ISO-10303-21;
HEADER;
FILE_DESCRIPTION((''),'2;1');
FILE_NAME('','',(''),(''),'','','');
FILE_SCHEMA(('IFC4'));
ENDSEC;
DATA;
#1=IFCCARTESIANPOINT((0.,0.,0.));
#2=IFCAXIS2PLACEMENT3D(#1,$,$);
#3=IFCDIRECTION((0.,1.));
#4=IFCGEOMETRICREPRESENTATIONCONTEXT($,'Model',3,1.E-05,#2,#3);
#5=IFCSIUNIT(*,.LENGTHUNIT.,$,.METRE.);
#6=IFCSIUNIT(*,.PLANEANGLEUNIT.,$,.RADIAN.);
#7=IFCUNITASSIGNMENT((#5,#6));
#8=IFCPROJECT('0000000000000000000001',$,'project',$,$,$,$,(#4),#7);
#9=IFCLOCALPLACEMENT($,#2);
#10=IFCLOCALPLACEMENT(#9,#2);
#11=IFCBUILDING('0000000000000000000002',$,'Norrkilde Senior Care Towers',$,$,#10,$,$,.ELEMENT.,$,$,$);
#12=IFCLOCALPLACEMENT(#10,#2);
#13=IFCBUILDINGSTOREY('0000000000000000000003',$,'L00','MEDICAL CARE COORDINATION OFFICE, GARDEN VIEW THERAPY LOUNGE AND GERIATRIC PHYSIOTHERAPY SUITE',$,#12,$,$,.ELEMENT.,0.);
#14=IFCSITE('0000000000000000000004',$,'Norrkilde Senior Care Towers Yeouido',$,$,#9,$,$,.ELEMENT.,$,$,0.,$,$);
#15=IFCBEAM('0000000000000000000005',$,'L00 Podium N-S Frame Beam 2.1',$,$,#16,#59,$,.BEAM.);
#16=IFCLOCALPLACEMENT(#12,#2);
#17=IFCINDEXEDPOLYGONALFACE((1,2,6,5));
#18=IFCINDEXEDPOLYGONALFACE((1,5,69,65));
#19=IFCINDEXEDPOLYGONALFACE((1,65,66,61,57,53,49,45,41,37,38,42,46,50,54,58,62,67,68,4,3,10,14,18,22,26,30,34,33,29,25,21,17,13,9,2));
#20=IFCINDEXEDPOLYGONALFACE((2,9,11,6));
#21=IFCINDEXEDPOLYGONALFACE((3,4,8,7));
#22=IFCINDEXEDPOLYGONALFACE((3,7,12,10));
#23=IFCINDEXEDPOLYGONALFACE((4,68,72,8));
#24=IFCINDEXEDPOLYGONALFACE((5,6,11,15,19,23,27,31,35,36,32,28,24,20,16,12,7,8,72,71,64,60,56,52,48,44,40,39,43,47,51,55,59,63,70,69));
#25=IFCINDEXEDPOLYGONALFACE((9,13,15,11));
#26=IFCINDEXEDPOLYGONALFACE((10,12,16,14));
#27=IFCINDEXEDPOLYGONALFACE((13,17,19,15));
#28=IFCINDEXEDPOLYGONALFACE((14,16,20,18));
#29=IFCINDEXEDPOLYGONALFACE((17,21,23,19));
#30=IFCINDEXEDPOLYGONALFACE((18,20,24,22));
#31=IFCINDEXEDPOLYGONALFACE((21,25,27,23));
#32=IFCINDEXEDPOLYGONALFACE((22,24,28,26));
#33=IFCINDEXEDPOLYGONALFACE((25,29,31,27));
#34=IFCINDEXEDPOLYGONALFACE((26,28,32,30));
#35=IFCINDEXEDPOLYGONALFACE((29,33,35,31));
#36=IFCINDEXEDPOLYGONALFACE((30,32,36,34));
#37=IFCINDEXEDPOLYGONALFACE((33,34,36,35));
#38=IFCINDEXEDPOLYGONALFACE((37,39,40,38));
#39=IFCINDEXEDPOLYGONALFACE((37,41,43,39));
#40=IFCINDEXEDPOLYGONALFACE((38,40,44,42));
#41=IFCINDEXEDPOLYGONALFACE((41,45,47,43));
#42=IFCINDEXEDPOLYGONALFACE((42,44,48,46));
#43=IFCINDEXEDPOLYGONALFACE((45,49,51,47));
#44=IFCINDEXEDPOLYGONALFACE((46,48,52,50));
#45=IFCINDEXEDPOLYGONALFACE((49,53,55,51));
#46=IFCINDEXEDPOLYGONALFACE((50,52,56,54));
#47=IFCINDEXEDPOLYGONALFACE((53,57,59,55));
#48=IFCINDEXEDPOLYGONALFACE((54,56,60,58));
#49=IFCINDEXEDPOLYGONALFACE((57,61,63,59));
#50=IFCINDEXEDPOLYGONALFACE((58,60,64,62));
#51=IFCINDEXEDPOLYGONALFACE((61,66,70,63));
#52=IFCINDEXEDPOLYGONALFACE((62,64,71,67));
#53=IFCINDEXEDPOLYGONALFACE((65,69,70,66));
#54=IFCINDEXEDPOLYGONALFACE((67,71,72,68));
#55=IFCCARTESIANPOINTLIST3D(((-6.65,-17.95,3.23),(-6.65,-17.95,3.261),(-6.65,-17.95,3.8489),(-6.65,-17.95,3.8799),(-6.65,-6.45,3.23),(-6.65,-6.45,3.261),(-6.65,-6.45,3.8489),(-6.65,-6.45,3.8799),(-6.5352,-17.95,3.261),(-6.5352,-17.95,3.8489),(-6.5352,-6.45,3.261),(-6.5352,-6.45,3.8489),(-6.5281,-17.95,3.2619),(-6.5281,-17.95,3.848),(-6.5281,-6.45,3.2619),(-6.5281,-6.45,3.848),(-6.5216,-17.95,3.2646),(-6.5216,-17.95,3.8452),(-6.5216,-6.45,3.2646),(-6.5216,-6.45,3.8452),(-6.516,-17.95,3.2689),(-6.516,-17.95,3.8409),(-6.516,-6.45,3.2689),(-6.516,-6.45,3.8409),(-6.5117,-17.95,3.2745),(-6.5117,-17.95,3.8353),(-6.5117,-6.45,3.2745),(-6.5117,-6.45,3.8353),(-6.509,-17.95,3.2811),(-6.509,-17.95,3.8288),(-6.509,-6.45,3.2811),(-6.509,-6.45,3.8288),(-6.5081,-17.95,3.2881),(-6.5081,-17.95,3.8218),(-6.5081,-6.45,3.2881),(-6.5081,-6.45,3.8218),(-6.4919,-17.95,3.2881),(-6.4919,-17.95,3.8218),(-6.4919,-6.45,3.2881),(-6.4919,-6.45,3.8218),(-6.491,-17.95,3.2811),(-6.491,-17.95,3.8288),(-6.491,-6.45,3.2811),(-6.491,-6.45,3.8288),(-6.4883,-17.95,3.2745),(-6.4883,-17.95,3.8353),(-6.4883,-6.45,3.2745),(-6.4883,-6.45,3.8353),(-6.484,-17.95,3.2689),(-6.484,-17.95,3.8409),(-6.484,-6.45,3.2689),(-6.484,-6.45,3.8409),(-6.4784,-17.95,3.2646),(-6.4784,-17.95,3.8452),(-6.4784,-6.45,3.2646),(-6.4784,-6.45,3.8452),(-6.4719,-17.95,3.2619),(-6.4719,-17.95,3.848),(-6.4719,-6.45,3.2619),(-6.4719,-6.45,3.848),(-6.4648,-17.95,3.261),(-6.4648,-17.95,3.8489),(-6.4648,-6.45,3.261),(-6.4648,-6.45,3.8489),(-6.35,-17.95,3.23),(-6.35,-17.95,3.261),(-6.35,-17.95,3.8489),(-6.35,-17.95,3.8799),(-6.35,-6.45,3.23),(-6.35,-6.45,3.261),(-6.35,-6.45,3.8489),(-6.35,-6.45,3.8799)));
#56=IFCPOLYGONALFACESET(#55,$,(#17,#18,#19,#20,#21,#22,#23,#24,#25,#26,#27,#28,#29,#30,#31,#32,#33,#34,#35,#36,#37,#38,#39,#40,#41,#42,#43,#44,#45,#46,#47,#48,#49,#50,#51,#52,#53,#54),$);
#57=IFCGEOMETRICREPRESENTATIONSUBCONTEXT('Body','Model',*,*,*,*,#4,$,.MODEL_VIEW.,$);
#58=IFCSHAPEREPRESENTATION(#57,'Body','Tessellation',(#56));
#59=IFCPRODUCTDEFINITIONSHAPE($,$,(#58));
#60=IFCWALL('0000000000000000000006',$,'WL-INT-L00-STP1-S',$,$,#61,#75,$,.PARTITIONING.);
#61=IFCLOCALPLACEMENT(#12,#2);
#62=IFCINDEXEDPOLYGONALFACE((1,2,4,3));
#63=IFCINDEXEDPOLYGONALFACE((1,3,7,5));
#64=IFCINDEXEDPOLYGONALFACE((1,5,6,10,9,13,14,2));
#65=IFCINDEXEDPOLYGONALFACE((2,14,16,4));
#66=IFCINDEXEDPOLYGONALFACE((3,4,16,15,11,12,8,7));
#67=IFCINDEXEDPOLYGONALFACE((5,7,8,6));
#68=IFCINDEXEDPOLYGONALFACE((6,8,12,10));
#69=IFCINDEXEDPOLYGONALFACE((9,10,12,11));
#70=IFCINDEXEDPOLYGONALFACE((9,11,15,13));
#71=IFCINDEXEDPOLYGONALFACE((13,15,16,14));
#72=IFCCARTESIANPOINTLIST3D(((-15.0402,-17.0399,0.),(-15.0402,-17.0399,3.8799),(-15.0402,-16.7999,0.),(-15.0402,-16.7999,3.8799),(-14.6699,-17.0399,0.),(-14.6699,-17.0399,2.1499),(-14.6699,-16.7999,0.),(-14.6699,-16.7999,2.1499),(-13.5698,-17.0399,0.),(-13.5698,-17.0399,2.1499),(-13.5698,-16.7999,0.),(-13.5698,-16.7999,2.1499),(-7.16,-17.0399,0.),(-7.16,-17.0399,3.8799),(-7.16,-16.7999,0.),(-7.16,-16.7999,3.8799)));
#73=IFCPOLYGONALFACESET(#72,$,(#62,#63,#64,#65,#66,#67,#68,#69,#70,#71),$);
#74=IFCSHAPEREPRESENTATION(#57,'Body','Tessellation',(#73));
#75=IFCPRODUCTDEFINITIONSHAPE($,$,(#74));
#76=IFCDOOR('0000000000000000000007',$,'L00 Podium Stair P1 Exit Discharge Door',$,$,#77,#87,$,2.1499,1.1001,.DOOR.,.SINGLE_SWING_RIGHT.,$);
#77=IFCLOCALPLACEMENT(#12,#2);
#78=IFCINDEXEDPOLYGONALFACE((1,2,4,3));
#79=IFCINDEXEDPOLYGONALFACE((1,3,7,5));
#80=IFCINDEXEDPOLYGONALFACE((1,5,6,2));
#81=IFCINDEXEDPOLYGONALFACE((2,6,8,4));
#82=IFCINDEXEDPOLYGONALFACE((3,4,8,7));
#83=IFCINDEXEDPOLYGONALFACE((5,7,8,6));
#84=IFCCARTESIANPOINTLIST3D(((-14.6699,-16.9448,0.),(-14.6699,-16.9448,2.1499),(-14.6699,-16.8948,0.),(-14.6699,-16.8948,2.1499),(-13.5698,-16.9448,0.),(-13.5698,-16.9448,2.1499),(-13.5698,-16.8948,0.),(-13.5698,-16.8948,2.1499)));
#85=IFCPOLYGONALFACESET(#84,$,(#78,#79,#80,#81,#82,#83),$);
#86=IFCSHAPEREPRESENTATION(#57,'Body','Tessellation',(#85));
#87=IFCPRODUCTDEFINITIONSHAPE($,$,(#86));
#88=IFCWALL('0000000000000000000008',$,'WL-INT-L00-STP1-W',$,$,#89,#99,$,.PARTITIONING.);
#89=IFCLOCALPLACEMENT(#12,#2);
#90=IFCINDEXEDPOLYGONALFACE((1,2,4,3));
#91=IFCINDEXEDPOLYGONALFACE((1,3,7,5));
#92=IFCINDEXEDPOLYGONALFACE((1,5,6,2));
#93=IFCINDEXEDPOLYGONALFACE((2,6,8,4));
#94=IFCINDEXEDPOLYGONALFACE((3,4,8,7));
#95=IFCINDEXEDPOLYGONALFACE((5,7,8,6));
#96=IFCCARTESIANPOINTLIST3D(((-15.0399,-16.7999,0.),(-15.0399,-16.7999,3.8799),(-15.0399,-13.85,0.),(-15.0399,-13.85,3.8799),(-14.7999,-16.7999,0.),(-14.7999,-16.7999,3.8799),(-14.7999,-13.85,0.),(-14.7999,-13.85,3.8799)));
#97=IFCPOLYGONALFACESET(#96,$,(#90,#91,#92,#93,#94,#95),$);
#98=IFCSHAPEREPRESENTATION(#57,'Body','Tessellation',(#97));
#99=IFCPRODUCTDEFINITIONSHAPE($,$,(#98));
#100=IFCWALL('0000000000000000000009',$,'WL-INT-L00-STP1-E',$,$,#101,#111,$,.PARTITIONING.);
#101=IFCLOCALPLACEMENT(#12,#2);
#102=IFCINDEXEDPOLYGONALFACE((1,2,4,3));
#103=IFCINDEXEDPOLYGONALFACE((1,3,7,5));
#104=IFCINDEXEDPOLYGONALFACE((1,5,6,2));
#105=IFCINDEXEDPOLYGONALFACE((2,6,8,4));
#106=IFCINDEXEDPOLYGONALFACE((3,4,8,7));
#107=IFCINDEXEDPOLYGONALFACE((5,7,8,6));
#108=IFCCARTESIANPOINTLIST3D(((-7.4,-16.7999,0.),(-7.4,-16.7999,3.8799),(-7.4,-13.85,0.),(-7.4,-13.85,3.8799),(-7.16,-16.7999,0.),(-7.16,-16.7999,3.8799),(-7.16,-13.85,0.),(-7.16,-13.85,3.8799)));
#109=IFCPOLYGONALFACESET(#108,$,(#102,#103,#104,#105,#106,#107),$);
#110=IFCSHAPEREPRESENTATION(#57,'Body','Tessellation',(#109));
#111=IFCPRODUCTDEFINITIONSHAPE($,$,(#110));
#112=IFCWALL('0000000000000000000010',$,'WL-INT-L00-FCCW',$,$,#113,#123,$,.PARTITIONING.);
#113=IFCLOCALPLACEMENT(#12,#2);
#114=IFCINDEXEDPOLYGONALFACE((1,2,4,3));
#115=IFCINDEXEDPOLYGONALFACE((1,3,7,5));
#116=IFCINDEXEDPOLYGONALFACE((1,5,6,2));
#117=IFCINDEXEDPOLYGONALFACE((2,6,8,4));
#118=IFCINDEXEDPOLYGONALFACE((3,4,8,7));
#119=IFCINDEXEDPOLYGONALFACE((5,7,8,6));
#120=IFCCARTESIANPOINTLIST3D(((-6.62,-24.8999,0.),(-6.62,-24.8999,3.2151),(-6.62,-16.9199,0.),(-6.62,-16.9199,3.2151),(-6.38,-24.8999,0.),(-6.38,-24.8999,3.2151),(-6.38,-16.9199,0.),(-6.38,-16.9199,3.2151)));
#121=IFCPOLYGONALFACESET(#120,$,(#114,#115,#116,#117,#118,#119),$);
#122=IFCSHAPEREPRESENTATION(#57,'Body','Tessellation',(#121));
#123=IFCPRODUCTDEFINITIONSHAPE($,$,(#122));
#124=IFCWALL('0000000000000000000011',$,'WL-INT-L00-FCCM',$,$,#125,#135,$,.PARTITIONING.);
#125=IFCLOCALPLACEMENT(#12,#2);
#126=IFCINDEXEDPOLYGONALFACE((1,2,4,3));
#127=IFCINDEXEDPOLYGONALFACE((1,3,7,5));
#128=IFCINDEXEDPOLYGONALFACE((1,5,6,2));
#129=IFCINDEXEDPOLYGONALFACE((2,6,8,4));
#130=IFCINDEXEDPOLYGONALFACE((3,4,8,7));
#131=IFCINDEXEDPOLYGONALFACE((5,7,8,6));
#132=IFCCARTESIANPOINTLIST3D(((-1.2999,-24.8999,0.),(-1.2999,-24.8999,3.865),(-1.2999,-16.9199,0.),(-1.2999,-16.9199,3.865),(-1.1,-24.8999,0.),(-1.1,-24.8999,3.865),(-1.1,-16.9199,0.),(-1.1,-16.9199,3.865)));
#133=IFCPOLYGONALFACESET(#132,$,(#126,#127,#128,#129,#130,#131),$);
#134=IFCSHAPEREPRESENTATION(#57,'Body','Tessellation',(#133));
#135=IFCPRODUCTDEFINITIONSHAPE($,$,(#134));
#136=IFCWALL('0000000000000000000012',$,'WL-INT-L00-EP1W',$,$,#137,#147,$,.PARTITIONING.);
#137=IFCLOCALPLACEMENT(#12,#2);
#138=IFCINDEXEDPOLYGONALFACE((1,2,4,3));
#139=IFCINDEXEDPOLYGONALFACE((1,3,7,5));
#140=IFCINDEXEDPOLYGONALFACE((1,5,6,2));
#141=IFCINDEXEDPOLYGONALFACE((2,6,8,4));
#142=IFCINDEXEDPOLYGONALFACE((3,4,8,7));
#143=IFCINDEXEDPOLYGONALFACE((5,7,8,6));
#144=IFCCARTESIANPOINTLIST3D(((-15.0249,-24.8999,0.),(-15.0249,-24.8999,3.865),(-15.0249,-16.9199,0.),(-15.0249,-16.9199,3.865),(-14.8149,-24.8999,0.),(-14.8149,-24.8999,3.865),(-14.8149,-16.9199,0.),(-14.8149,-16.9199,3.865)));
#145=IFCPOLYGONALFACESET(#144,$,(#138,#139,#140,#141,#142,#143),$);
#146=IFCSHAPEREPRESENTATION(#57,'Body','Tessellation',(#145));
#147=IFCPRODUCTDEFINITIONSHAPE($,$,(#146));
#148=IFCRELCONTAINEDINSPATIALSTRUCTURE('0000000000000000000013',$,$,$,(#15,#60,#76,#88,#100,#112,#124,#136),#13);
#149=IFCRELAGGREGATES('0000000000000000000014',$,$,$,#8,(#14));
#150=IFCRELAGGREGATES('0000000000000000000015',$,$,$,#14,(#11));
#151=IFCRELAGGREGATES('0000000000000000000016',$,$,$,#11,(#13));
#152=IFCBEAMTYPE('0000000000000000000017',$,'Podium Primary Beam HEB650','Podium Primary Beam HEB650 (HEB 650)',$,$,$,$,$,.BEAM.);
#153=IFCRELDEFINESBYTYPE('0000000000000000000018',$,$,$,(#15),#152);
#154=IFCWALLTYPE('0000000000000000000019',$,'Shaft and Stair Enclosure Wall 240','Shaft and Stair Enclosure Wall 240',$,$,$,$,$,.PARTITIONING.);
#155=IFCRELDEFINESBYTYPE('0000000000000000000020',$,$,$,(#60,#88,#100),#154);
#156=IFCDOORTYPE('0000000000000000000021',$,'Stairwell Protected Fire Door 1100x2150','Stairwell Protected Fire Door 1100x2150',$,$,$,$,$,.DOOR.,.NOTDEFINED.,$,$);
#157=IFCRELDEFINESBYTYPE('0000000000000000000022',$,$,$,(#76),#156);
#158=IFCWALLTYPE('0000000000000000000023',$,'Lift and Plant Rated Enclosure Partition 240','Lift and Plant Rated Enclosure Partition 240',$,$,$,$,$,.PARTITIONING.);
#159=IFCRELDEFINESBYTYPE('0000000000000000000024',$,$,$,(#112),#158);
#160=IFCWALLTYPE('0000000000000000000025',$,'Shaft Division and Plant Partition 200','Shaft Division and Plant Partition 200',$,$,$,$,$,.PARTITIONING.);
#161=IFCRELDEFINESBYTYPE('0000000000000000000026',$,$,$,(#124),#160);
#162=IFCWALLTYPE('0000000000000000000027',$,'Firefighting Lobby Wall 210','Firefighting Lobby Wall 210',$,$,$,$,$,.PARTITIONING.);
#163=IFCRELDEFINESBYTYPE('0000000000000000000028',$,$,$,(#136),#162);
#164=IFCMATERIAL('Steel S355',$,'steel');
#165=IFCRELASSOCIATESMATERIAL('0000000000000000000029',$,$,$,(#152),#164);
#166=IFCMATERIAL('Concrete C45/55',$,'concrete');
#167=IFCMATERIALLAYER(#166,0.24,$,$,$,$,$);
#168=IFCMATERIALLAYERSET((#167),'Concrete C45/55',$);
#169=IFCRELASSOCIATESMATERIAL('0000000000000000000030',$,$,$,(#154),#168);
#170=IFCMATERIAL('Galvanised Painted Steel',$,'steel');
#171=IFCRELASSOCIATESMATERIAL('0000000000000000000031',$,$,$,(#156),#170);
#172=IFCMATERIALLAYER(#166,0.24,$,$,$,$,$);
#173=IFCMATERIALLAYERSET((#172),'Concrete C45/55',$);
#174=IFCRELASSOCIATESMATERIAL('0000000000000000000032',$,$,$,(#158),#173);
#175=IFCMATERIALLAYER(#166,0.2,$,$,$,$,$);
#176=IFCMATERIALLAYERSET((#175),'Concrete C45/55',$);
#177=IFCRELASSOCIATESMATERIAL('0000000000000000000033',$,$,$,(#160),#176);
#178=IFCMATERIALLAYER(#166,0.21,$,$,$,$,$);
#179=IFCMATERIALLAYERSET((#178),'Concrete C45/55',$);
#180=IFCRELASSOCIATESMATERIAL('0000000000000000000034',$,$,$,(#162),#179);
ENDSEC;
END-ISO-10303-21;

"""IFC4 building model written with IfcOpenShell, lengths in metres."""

from ifc_helpers import new_model, si_unit, direction, frame, frame_2d, origin, origin_2d, place, context, subcontext, project, spatial, rectangle, i_section, extrude, source, transform, mapped, material, layer, layer_set, material_profile, profile_set, type_object, type_shapes, element, fill, save


model = new_model("IFC4")

# Units and contexts
model_context = context("Model", 3, precision=1e-05, world=origin(), true_north=direction((0.0, 1.0)))
body_context = subcontext(model_context, "Body", "Model", "MODEL_VIEW")
ifc_project = project(units=[si_unit("LENGTHUNIT", "METRE"), si_unit("PLANEANGLEUNIT", "RADIAN")], contexts=[model_context])

# Site, building, storey
site_placement = place(None, origin())
site = spatial("IfcSite", under=ifc_project, at=site_placement, Name="Norrkilde Senior Care Towers Yeouido", CompositionType="ELEMENT", RefElevation=0.0)
building_placement = place(site_placement, origin())
building = spatial("IfcBuilding", under=site, at=building_placement, Name="Norrkilde Senior Care Towers", CompositionType="ELEMENT")
storey_placement = place(building_placement, origin())
storey = spatial("IfcBuildingStorey", under=building, at=storey_placement, Name="L00", Description="MEDICAL CARE COORDINATION OFFICE, GARDEN VIEW THERAPY LOUNGE AND GERIATRIC PHYSIOTHERAPY SUITE", CompositionType="ELEMENT", Elevation=0.0)

# Beam
ifc_material_1 = material(Name="Steel S355", Category="steel")
ifc_material_profile_1 = material_profile(ifc_material_1, i_section(OverallWidth=0.3, OverallDepth=0.6499, WebThickness=0.0161, FlangeThickness=0.031, FilletRadius=0.0271, at=origin_2d()), Name="HEB 650")
ifc_profile_set_1 = profile_set([ifc_material_profile_1], Name="Steel S355")
beam_type_1 = type_object("IfcBeamType", Name="Podium Primary Beam HEB650", Description="Podium Primary Beam HEB650 (HEB 650)", PredefinedType="BEAM", material=ifc_profile_set_1)
shared_shape_1 = source(origin(), body_context, "Body", "SweptSolid", [
    extrude(i_section(OverallWidth=0.3, OverallDepth=0.6499, WebThickness=0.0161, FlangeThickness=0.031, FilletRadius=0.0271, at=origin_2d()), origin(), (0.0, 0.0, 1.0), 11.5),
])
beam_1_placement = place(storey_placement, frame((-6.5, -17.95, 3.5549), z_axis=(0.0, 1.0, 0.0), x_axis=(-1.0, 0.0, 0.0)))
element("IfcBeam", 1, at=beam_1_placement, inside=storey, type_object=beam_type_1, Name="L00 Podium N-S Frame Beam 2.1", PredefinedType="BEAM", context=body_context, shape_type="MappedRepresentation", body=[
    mapped(shared_shape_1, transform((0.0, 0.0, 0.0), x_axis=(1.0, 0.0, 0.0), y_axis=(0.0, 1.0, 0.0), z_axis=(0.0, 0.0, 1.0), scale=1.0)),
])

# Wall, opening, door
ifc_material_2 = material(Name="Concrete C45/55", Category="concrete")
ifc_layer_1 = layer(ifc_material_2, 0.24)
ifc_layer_set_1 = layer_set([ifc_layer_1], Name="Concrete C45/55")
wall_type_1 = type_object("IfcWallType", Name="Shaft and Stair Enclosure Wall 240", Description="Shaft and Stair Enclosure Wall 240", PredefinedType="PARTITIONING", material=ifc_layer_set_1)
shared_shape_2 = source(origin(), body_context, "Body", "SweptSolid", [
    extrude(rectangle(XDim=7.8801, YDim=0.24, at=frame_2d((3.9399, 0.0))), origin(), (0.0, 0.0, 1.0), 3.8799),
])
wall_1_placement = place(storey_placement, frame((-15.04, -16.9199, 0.0), z_axis=(0.0, 0.0, 1.0), x_axis=(1.0, 0.0, 0.0)))
wall_1 = element("IfcWall", 2, at=wall_1_placement, inside=storey, type_object=wall_type_1, Name="WL-INT-L00-STP1-S", PredefinedType="PARTITIONING", context=body_context, shape_type="MappedRepresentation", body=[
    mapped(shared_shape_2, transform((0.0, 0.0, 0.0), x_axis=(1.0, 0.0, 0.0), y_axis=(0.0, 1.0, 0.0), z_axis=(0.0, 0.0, 1.0), scale=1.0)),
])
opening_1_placement = place(wall_1_placement, frame((0.3701, 0.0, 0.0)))
opening_1 = element("IfcOpeningElement", 3, at=opening_1_placement, cuts=wall_1, PredefinedType="OPENING", context=body_context, shape_type="SweptSolid", body=[
    extrude(rectangle(XDim=1.1001, YDim=2.1499, at=frame_2d((0.55, 1.075))), frame((0.0, 0.1299, 0.0), z_axis=(0.0, -1.0, 0.0), x_axis=(1.0, 0.0, 0.0)), (0.0, 0.0, 1.0), 0.26),
])
ifc_material_3 = material(Name="Galvanised Painted Steel", Category="steel")
door_type_1 = type_object("IfcDoorType", Name="Stairwell Protected Fire Door 1100x2150", Description="Stairwell Protected Fire Door 1100x2150", OperationType="NOTDEFINED", PredefinedType="DOOR", material=ifc_material_3)
shared_shape_3 = source(origin(), body_context, "Body", "SweptSolid", [
    extrude(rectangle(XDim=1.1001, YDim=2.1499, at=frame_2d((0.55, 1.075))), frame((0.0, 0.0249, 0.0), z_axis=(0.0, -1.0, 0.0), x_axis=(1.0, 0.0, 0.0)), (0.0, 0.0, 1.0), 0.05),
])
type_shapes(door_type_1, [shared_shape_3])
door_1_placement = place(opening_1_placement, frame((1.1001, 0.0, 0.0), z_axis=(0.0, 0.0, 1.0), x_axis=(-1.0, 0.0, 0.0)))
door_1 = element("IfcDoor", 4, at=door_1_placement, inside=storey, type_object=door_type_1, Name="L00 Podium Stair P1 Exit Discharge Door", OperationType="SINGLE_SWING_RIGHT", OverallHeight=2.1499, OverallWidth=1.1001, PredefinedType="DOOR", context=body_context, shape_type="MappedRepresentation", body=[
    mapped(shared_shape_3, transform((0.0, 0.0, 0.0), x_axis=(1.0, 0.0, 0.0), y_axis=(0.0, 1.0, 0.0), z_axis=(0.0, 0.0, 1.0), scale=1.0)),
])
fill(opening_1, door_1)

# Walls
shared_shape_4 = source(origin(), body_context, "Body", "SweptSolid", [
    extrude(rectangle(XDim=2.95, YDim=0.24, at=frame_2d((1.4751, 0.0))), origin(), (0.0, 0.0, 1.0), 3.8799),
])
type_shapes(wall_type_1, [shared_shape_2, shared_shape_4])
for number, where, z_axis, x_axis, name in (
    (5, (-14.9199, -16.8, 0.0), (0.0, 0.0, 1.0), (0.0, 1.0, 0.0), "WL-INT-L00-STP1-W"),
    (6, (-7.28, -16.8, 0.0), (0.0, 0.0, 1.0), (0.0, 1.0, 0.0), "WL-INT-L00-STP1-E"),
):
    element("IfcWall", number, at=place(storey_placement, frame(where, z_axis=z_axis, x_axis=x_axis)), inside=storey, type_object=wall_type_1, Name=name, PredefinedType="PARTITIONING", context=body_context, shape_type="MappedRepresentation", body=[
        mapped(shared_shape_4, transform((0.0, 0.0, 0.0), x_axis=(1.0, 0.0, 0.0), y_axis=(0.0, 1.0, 0.0), z_axis=(0.0, 0.0, 1.0), scale=1.0)),
    ])

# Shared definitions
ifc_layer_2 = layer(ifc_material_2, 0.24)
ifc_layer_set_2 = layer_set([ifc_layer_2], Name="Concrete C45/55")
wall_type_2 = type_object("IfcWallType", Name="Lift and Plant Rated Enclosure Partition 240", Description="Lift and Plant Rated Enclosure Partition 240", PredefinedType="PARTITIONING", material=ifc_layer_set_2)

# Walls
shared_shape_5 = source(origin(), body_context, "Body", "SweptSolid", [
    extrude(rectangle(XDim=7.98, YDim=0.24, at=frame_2d((3.99, 0.0))), origin(), (0.0, 0.0, 1.0), 3.2151),
])
wall_2_placement = place(storey_placement, frame((-6.5, -24.8999, 0.0), z_axis=(0.0, 0.0, 1.0), x_axis=(0.0, 1.0, 0.0)))
element("IfcWall", 7, at=wall_2_placement, inside=storey, type_object=wall_type_2, Name="WL-INT-L00-FCCW", PredefinedType="PARTITIONING", context=body_context, shape_type="MappedRepresentation", body=[
    mapped(shared_shape_5, transform((0.0, 0.0, 0.0), x_axis=(1.0, 0.0, 0.0), y_axis=(0.0, 1.0, 0.0), z_axis=(0.0, 0.0, 1.0), scale=1.0)),
])
ifc_layer_3 = layer(ifc_material_2, 0.2)
ifc_layer_set_3 = layer_set([ifc_layer_3], Name="Concrete C45/55")
wall_type_3 = type_object("IfcWallType", Name="Shaft Division and Plant Partition 200", Description="Shaft Division and Plant Partition 200", PredefinedType="PARTITIONING", material=ifc_layer_set_3)
shared_shape_6 = source(origin(), body_context, "Body", "SweptSolid", [
    extrude(rectangle(XDim=7.98, YDim=0.2, at=frame_2d((3.99, 0.0))), origin(), (0.0, 0.0, 1.0), 3.865),
])
type_shapes(wall_type_3, [shared_shape_6])
wall_3_placement = place(storey_placement, frame((-1.2, -24.8999, 0.0), z_axis=(0.0, 0.0, 1.0), x_axis=(0.0, 1.0, 0.0)))
element("IfcWall", 8, at=wall_3_placement, inside=storey, type_object=wall_type_3, Name="WL-INT-L00-FCCM", PredefinedType="PARTITIONING", context=body_context, shape_type="MappedRepresentation", body=[
    mapped(shared_shape_6, transform((0.0, 0.0, 0.0), x_axis=(1.0, 0.0, 0.0), y_axis=(0.0, 1.0, 0.0), z_axis=(0.0, 0.0, 1.0), scale=1.0)),
])
ifc_layer_4 = layer(ifc_material_2, 0.21)
ifc_layer_set_4 = layer_set([ifc_layer_4], Name="Concrete C45/55")
wall_type_4 = type_object("IfcWallType", Name="Firefighting Lobby Wall 210", Description="Firefighting Lobby Wall 210", PredefinedType="PARTITIONING", material=ifc_layer_set_4)
shared_shape_7 = source(origin(), body_context, "Body", "SweptSolid", [
    extrude(rectangle(XDim=7.98, YDim=0.21, at=frame_2d((3.99, 0.0))), origin(), (0.0, 0.0, 1.0), 3.865),
])
type_shapes(wall_type_4, [shared_shape_7])
wall_4_placement = place(storey_placement, frame((-14.9199, -24.8999, 0.0), z_axis=(0.0, 0.0, 1.0), x_axis=(0.0, 1.0, 0.0)))
element("IfcWall", 9, at=wall_4_placement, inside=storey, type_object=wall_type_4, Name="WL-INT-L00-EP1W", PredefinedType="PARTITIONING", context=body_context, shape_type="MappedRepresentation", body=[
    mapped(shared_shape_7, transform((0.0, 0.0, 0.0), x_axis=(1.0, 0.0, 0.0), y_axis=(0.0, 1.0, 0.0), z_axis=(0.0, 0.0, 1.0), scale=1.0)),
])

save(model, "model.ifc")
